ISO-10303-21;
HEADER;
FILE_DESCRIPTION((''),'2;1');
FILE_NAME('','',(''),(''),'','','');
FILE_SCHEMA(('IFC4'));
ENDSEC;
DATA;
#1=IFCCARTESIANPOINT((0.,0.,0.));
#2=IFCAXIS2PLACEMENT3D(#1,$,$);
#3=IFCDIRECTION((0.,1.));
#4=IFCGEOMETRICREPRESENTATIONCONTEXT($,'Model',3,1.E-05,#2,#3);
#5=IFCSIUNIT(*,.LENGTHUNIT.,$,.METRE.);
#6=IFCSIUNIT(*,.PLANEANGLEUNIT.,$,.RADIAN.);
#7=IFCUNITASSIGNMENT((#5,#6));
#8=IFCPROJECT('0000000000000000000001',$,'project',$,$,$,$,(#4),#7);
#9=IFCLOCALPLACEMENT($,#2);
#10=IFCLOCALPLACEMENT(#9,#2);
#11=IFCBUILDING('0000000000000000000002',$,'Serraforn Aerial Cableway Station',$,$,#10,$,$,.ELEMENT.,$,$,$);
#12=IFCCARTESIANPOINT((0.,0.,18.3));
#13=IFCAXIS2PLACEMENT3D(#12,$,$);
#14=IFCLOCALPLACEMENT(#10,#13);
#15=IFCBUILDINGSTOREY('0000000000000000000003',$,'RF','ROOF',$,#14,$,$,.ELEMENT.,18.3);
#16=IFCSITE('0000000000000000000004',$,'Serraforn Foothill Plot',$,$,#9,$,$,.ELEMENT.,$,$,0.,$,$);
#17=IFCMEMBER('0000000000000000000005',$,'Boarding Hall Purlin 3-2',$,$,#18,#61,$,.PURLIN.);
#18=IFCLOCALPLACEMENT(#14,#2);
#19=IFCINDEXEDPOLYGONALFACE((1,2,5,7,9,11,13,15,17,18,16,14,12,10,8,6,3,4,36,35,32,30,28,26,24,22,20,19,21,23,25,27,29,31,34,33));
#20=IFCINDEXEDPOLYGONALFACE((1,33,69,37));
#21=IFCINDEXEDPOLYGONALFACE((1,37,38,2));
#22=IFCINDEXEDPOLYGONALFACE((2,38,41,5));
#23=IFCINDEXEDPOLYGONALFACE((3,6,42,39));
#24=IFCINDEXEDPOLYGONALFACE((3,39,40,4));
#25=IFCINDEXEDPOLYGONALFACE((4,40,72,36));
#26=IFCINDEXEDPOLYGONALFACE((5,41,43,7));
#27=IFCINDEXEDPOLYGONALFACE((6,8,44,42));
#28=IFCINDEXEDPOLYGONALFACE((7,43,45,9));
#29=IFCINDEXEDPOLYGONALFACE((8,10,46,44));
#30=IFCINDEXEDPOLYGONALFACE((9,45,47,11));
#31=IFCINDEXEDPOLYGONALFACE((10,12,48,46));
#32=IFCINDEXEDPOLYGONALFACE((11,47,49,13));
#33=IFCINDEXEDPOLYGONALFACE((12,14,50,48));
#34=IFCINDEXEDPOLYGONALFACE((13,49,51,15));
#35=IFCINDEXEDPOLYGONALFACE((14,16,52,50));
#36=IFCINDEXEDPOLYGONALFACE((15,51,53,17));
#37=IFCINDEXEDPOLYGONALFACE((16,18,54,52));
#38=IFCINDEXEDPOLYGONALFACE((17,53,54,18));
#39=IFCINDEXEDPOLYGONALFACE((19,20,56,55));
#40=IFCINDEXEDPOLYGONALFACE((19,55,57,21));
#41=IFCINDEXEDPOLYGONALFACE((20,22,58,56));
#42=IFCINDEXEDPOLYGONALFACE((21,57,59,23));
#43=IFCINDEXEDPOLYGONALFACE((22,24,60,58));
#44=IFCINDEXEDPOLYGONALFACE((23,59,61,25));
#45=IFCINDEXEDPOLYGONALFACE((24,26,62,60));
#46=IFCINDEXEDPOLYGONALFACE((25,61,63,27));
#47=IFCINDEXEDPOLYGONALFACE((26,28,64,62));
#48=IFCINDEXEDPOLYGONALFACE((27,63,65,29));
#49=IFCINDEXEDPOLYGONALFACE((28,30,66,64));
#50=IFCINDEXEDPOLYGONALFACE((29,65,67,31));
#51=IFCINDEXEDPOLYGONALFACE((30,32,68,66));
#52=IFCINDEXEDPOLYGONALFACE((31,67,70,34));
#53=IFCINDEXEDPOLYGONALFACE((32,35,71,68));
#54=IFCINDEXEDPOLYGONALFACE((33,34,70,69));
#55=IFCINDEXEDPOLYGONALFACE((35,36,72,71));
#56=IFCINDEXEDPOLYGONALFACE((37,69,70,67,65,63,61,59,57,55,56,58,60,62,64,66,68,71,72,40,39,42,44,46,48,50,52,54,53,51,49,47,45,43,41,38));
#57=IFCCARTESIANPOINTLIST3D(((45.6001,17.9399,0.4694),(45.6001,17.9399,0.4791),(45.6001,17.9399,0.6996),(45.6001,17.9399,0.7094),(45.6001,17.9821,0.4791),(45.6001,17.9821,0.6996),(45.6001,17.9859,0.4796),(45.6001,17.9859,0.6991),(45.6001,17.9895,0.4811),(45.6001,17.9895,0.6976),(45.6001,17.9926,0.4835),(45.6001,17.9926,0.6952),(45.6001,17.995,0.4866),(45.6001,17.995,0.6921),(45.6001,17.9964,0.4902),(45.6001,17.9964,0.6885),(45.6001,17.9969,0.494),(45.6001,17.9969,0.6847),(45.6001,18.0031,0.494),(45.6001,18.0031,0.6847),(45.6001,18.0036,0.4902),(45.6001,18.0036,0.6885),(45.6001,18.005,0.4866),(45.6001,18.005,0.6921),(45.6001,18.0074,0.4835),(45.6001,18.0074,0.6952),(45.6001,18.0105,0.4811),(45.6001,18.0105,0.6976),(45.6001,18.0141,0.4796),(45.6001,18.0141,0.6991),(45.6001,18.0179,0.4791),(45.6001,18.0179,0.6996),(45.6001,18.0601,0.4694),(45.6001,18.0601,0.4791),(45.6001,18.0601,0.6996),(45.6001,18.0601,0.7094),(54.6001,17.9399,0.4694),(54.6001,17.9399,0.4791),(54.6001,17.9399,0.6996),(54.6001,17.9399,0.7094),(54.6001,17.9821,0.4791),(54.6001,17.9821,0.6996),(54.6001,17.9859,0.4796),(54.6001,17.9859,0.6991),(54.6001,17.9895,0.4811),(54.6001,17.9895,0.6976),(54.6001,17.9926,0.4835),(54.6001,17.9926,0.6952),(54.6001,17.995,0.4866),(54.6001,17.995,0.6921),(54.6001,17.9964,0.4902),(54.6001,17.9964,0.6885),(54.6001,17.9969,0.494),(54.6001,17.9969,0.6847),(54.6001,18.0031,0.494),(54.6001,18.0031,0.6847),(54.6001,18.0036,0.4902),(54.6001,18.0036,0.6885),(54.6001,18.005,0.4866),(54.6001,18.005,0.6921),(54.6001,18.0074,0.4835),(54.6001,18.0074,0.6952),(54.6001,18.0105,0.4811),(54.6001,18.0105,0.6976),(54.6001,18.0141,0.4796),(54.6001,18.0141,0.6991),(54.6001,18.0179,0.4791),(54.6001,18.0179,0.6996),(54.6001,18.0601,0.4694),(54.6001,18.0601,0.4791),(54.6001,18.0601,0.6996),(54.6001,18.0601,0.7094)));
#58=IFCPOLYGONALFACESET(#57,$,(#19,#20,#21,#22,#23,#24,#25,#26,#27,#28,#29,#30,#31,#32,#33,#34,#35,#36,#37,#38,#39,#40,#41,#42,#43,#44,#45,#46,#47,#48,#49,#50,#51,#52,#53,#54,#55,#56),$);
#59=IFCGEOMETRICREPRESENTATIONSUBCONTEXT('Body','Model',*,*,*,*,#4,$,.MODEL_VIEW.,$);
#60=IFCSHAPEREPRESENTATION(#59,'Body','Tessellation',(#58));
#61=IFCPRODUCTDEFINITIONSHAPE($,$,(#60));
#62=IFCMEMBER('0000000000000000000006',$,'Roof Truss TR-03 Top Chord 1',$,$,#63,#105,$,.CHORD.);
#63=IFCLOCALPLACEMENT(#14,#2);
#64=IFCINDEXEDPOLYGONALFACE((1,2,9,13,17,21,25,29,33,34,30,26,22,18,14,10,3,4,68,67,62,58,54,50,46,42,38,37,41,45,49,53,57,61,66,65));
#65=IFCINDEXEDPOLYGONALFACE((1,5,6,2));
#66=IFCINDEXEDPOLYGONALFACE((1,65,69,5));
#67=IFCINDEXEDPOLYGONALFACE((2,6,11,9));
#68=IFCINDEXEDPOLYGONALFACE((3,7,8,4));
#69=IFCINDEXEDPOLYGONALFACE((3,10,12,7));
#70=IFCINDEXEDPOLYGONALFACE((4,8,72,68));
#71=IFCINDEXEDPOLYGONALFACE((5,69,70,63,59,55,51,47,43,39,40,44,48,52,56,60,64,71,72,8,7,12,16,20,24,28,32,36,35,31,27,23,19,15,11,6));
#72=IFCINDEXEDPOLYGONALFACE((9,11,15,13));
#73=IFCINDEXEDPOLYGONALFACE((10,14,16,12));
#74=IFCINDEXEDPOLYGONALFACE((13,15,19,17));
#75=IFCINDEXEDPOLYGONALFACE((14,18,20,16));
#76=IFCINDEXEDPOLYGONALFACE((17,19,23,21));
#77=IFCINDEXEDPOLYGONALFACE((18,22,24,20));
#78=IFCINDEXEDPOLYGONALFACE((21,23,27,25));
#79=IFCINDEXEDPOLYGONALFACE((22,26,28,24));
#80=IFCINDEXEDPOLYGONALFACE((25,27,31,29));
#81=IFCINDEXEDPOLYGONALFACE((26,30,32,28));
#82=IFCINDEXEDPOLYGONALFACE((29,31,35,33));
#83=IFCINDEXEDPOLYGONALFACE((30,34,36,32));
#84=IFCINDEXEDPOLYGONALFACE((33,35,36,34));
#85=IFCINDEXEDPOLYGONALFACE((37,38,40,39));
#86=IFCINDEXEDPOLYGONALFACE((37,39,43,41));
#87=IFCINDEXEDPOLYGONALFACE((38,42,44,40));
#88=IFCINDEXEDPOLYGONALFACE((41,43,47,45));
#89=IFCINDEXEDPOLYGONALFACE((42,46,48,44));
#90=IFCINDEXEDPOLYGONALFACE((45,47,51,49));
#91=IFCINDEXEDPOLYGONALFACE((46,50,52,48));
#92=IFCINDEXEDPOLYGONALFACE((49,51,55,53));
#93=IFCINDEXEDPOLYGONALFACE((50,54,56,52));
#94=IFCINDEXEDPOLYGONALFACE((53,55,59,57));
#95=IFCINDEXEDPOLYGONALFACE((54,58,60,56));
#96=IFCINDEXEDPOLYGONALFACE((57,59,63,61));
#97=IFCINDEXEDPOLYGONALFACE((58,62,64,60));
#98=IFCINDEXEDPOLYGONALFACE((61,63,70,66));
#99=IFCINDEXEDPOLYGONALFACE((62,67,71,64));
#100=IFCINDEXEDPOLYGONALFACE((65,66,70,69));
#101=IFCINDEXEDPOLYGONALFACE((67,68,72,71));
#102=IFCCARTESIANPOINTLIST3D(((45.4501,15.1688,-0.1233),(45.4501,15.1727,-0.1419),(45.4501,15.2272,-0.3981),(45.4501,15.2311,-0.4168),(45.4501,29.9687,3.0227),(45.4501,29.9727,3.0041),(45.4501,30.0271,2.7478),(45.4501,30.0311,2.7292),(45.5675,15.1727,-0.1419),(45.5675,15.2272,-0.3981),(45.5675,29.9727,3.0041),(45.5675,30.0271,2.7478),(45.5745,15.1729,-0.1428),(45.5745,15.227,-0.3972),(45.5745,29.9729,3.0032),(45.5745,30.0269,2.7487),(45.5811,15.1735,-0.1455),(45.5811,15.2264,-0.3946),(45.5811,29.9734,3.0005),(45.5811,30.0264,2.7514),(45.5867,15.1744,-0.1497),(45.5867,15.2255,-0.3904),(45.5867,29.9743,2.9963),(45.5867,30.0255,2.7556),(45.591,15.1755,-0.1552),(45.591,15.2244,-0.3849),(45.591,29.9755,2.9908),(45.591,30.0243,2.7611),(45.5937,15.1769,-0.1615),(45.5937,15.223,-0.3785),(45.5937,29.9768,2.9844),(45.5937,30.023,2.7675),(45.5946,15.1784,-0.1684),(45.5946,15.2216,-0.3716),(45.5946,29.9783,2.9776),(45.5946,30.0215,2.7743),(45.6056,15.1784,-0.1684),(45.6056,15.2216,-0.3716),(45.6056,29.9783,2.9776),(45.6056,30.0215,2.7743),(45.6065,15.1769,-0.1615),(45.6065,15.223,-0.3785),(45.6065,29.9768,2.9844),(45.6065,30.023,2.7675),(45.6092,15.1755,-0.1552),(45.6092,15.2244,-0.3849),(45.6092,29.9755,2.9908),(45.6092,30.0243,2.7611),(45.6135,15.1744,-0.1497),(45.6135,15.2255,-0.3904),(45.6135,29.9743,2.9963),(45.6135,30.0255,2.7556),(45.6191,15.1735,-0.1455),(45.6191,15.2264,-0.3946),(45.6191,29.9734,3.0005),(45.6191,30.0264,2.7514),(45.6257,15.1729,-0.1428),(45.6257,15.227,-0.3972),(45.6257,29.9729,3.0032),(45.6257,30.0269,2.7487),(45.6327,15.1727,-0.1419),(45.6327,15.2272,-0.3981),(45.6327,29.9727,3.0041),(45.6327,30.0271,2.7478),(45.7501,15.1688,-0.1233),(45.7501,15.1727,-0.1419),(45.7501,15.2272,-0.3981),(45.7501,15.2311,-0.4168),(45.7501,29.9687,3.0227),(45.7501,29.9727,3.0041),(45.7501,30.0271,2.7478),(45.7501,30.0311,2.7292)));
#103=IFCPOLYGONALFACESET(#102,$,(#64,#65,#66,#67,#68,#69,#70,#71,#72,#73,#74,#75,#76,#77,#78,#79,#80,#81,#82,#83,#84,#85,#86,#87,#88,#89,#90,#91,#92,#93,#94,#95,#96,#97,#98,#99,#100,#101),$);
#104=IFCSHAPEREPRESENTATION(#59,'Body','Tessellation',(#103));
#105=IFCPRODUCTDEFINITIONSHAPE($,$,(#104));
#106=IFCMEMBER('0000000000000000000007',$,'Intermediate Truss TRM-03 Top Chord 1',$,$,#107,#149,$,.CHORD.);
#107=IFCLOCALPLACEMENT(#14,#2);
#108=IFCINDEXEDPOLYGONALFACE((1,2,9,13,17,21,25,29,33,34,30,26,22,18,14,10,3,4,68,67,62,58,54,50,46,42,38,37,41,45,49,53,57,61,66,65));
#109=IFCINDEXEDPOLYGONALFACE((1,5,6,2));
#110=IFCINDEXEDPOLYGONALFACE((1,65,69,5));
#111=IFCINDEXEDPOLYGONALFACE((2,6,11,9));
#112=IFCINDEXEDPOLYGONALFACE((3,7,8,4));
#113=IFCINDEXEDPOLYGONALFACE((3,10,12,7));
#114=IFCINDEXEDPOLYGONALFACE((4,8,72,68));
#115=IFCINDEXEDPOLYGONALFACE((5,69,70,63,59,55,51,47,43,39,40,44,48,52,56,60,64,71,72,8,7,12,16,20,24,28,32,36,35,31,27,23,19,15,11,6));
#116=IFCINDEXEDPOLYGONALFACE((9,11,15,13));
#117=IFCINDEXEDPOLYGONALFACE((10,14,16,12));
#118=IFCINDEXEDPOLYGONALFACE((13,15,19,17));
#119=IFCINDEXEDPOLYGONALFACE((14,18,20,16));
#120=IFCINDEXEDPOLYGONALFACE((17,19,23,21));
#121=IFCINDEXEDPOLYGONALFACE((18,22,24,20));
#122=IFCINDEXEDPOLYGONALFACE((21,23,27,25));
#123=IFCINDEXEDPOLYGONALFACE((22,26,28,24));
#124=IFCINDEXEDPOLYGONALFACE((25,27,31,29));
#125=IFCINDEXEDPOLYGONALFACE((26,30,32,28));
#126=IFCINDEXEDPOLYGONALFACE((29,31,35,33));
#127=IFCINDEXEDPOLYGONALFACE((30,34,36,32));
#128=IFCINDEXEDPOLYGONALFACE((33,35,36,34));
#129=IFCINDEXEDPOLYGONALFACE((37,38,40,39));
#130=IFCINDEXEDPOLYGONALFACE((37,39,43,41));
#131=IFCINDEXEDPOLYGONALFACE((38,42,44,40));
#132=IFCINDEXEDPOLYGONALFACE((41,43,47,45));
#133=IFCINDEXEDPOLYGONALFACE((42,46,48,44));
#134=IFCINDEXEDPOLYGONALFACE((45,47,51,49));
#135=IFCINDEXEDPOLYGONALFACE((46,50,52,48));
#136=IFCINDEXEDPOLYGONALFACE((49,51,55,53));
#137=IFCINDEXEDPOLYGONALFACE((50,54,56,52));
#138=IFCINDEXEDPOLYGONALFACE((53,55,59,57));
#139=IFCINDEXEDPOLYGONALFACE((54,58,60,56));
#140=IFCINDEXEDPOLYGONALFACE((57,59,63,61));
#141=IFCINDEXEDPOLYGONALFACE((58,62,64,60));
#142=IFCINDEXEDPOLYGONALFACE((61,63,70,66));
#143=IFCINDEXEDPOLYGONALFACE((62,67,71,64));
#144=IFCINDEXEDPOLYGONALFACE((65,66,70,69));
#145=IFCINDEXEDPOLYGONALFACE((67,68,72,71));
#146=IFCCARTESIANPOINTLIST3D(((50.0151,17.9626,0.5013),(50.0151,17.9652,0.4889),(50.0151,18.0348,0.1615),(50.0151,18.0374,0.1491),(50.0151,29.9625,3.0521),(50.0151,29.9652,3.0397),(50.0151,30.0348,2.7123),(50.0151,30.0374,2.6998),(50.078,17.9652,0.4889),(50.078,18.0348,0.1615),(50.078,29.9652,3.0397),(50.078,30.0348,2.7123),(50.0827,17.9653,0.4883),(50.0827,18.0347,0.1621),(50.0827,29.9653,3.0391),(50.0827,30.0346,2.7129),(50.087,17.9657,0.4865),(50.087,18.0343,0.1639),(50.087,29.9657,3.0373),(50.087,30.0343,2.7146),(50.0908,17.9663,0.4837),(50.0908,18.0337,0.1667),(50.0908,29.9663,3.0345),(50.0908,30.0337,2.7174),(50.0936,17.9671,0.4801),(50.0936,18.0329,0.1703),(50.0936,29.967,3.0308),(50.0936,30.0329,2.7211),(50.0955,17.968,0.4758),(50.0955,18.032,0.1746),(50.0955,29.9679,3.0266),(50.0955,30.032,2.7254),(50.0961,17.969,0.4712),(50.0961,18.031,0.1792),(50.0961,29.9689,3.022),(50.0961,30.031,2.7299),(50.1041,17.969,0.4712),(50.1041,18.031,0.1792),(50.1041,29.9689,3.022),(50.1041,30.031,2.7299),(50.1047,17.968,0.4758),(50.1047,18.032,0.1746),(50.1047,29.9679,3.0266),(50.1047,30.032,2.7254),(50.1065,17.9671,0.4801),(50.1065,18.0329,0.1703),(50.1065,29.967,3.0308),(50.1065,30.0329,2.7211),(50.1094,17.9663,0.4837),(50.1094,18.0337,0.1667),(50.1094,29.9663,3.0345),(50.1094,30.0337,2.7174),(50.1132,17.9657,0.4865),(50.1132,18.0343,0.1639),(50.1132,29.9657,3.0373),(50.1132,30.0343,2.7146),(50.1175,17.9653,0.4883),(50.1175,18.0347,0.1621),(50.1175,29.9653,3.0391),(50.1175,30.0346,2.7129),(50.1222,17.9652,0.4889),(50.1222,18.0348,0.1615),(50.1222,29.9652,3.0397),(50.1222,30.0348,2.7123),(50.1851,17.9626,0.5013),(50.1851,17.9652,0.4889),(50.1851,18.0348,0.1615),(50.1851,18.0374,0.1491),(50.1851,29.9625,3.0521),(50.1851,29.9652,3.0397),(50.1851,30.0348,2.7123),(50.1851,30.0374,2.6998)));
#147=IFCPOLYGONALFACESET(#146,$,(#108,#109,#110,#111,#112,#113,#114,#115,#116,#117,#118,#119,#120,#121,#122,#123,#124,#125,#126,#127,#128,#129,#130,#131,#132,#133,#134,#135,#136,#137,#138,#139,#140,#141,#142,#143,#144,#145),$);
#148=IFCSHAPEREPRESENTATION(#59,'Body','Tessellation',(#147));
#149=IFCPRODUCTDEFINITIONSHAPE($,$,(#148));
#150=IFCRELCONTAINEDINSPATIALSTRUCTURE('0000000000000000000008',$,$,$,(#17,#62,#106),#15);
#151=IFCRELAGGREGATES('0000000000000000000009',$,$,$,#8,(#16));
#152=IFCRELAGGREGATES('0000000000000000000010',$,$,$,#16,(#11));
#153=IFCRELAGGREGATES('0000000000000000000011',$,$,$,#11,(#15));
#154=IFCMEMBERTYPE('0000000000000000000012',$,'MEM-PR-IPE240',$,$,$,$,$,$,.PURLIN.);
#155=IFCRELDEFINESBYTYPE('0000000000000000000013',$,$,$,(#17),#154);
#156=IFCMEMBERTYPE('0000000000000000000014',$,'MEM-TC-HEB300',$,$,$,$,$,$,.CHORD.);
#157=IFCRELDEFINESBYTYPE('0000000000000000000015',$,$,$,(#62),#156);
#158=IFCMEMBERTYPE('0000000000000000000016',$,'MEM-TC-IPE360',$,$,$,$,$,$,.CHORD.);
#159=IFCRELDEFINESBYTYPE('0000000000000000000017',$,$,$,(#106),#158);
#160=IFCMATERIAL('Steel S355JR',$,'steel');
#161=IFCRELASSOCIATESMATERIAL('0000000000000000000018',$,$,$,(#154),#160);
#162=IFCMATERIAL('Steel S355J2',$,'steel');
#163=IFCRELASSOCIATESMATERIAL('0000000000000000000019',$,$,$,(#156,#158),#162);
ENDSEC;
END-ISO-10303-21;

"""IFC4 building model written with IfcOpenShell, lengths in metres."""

from ifc_helpers import new_model, si_unit, direction, frame, origin, origin_2d, place, context, subcontext, project, spatial, i_section, extrude, material, material_profile, profile_set, type_object, element, save


model = new_model("IFC4")

# Units and contexts
model_context = context("Model", 3, precision=1e-05, world=origin(), true_north=direction((0.0, 1.0)))
body_context = subcontext(model_context, "Body", "Model", "MODEL_VIEW")
ifc_project = project(units=[si_unit("LENGTHUNIT", "METRE"), si_unit("PLANEANGLEUNIT", "RADIAN")], contexts=[model_context])

# Site, building, storey
site_placement = place(None, origin())
site = spatial("IfcSite", under=ifc_project, at=site_placement, Name="Serraforn Foothill Plot", CompositionType="ELEMENT", RefElevation=0.0)
building_placement = place(site_placement, origin())
building = spatial("IfcBuilding", under=site, at=building_placement, Name="Serraforn Aerial Cableway Station", CompositionType="ELEMENT")
storey_placement = place(building_placement, frame((0.0, 0.0, 18.3)))
storey = spatial("IfcBuildingStorey", under=building, at=storey_placement, Name="RF", Description="ROOF", CompositionType="ELEMENT", Elevation=18.3)

# Shared definitions
ifc_material_1 = material(Name="Steel S355J2", Category="steel")

# Members
ifc_material_2 = material(Name="Steel S355JR", Category="steel")
ifc_material_profile_1 = material_profile(ifc_material_2, i_section(OverallWidth=0.1201, OverallDepth=0.24, WebThickness=0.0061, FlangeThickness=0.0098, FilletRadius=0.0149, at=origin_2d()), Name="IPE 240")
ifc_profile_set_1 = profile_set([ifc_material_profile_1], Name="Steel S355JR")
member_type_1 = type_object("IfcMemberType", Name="MEM-PR-IPE240", PredefinedType="PURLIN", material=ifc_profile_set_1)
member_1_placement = place(storey_placement, frame((45.6001, 18.0, 0.5894), z_axis=(1.0, 0.0, 0.0), x_axis=(0.0, 1.0, 0.0)))
element("IfcMember", 1, at=member_1_placement, inside=storey, type_object=member_type_1, Name="Boarding Hall Purlin 3-2", PredefinedType="PURLIN", context=body_context, shape_type="SweptSolid", body=[
    extrude(i_section(OverallWidth=0.1201, OverallDepth=0.24, WebThickness=0.0061, FlangeThickness=0.0098, FilletRadius=0.0149, at=origin_2d()), origin(), (0.0, 0.0, 1.0), 9.0),
])
ifc_material_profile_2 = material_profile(ifc_material_1, i_section(OverallWidth=0.3, OverallDepth=0.3, WebThickness=0.011, FlangeThickness=0.019, FilletRadius=0.0271, at=origin_2d()), Name="HEB 300")
ifc_profile_set_2 = profile_set([ifc_material_profile_2], Name="Steel S355J2")
member_type_2 = type_object("IfcMemberType", Name="MEM-TC-HEB300", PredefinedType="CHORD", material=ifc_profile_set_2)
member_2_placement = place(storey_placement, frame((45.6001, 15.2, -0.27), z_axis=(0.0, 0.978146, 0.207921), x_axis=(-1.0, 0.0, 0.0)))
element("IfcMember", 2, at=member_2_placement, inside=storey, type_object=member_type_2, Name="Roof Truss TR-03 Top Chord 1", PredefinedType="CHORD", context=body_context, shape_type="SweptSolid", body=[
    extrude(i_section(OverallWidth=0.3, OverallDepth=0.3, WebThickness=0.011, FlangeThickness=0.019, FilletRadius=0.0271, at=origin_2d()), origin(), (0.0, 0.0, 1.0), 15.1306),
])
ifc_material_profile_3 = material_profile(ifc_material_1, i_section(OverallWidth=0.1699, OverallDepth=0.3601, WebThickness=0.0081, FlangeThickness=0.0127, FilletRadius=0.0181, at=origin_2d()), Name="IPE 360")
ifc_profile_set_3 = profile_set([ifc_material_profile_3], Name="Steel S355J2")
member_type_3 = type_object("IfcMemberType", Name="MEM-TC-IPE360", PredefinedType="CHORD", material=ifc_profile_set_3)
member_3_placement = place(storey_placement, frame((50.1001, 18.0, 0.3252), z_axis=(0.0, 0.978146, 0.20792), x_axis=(-1.0, 0.0, 0.0)))
element("IfcMember", 3, at=member_3_placement, inside=storey, type_object=member_type_3, Name="Intermediate Truss TRM-03 Top Chord 1", PredefinedType="CHORD", context=body_context, shape_type="SweptSolid", body=[
    extrude(i_section(OverallWidth=0.1699, OverallDepth=0.3601, WebThickness=0.0081, FlangeThickness=0.0127, FilletRadius=0.0181, at=origin_2d()), origin(), (0.0, 0.0, 1.0), 12.2681),
])

save(model, "model.ifc")
